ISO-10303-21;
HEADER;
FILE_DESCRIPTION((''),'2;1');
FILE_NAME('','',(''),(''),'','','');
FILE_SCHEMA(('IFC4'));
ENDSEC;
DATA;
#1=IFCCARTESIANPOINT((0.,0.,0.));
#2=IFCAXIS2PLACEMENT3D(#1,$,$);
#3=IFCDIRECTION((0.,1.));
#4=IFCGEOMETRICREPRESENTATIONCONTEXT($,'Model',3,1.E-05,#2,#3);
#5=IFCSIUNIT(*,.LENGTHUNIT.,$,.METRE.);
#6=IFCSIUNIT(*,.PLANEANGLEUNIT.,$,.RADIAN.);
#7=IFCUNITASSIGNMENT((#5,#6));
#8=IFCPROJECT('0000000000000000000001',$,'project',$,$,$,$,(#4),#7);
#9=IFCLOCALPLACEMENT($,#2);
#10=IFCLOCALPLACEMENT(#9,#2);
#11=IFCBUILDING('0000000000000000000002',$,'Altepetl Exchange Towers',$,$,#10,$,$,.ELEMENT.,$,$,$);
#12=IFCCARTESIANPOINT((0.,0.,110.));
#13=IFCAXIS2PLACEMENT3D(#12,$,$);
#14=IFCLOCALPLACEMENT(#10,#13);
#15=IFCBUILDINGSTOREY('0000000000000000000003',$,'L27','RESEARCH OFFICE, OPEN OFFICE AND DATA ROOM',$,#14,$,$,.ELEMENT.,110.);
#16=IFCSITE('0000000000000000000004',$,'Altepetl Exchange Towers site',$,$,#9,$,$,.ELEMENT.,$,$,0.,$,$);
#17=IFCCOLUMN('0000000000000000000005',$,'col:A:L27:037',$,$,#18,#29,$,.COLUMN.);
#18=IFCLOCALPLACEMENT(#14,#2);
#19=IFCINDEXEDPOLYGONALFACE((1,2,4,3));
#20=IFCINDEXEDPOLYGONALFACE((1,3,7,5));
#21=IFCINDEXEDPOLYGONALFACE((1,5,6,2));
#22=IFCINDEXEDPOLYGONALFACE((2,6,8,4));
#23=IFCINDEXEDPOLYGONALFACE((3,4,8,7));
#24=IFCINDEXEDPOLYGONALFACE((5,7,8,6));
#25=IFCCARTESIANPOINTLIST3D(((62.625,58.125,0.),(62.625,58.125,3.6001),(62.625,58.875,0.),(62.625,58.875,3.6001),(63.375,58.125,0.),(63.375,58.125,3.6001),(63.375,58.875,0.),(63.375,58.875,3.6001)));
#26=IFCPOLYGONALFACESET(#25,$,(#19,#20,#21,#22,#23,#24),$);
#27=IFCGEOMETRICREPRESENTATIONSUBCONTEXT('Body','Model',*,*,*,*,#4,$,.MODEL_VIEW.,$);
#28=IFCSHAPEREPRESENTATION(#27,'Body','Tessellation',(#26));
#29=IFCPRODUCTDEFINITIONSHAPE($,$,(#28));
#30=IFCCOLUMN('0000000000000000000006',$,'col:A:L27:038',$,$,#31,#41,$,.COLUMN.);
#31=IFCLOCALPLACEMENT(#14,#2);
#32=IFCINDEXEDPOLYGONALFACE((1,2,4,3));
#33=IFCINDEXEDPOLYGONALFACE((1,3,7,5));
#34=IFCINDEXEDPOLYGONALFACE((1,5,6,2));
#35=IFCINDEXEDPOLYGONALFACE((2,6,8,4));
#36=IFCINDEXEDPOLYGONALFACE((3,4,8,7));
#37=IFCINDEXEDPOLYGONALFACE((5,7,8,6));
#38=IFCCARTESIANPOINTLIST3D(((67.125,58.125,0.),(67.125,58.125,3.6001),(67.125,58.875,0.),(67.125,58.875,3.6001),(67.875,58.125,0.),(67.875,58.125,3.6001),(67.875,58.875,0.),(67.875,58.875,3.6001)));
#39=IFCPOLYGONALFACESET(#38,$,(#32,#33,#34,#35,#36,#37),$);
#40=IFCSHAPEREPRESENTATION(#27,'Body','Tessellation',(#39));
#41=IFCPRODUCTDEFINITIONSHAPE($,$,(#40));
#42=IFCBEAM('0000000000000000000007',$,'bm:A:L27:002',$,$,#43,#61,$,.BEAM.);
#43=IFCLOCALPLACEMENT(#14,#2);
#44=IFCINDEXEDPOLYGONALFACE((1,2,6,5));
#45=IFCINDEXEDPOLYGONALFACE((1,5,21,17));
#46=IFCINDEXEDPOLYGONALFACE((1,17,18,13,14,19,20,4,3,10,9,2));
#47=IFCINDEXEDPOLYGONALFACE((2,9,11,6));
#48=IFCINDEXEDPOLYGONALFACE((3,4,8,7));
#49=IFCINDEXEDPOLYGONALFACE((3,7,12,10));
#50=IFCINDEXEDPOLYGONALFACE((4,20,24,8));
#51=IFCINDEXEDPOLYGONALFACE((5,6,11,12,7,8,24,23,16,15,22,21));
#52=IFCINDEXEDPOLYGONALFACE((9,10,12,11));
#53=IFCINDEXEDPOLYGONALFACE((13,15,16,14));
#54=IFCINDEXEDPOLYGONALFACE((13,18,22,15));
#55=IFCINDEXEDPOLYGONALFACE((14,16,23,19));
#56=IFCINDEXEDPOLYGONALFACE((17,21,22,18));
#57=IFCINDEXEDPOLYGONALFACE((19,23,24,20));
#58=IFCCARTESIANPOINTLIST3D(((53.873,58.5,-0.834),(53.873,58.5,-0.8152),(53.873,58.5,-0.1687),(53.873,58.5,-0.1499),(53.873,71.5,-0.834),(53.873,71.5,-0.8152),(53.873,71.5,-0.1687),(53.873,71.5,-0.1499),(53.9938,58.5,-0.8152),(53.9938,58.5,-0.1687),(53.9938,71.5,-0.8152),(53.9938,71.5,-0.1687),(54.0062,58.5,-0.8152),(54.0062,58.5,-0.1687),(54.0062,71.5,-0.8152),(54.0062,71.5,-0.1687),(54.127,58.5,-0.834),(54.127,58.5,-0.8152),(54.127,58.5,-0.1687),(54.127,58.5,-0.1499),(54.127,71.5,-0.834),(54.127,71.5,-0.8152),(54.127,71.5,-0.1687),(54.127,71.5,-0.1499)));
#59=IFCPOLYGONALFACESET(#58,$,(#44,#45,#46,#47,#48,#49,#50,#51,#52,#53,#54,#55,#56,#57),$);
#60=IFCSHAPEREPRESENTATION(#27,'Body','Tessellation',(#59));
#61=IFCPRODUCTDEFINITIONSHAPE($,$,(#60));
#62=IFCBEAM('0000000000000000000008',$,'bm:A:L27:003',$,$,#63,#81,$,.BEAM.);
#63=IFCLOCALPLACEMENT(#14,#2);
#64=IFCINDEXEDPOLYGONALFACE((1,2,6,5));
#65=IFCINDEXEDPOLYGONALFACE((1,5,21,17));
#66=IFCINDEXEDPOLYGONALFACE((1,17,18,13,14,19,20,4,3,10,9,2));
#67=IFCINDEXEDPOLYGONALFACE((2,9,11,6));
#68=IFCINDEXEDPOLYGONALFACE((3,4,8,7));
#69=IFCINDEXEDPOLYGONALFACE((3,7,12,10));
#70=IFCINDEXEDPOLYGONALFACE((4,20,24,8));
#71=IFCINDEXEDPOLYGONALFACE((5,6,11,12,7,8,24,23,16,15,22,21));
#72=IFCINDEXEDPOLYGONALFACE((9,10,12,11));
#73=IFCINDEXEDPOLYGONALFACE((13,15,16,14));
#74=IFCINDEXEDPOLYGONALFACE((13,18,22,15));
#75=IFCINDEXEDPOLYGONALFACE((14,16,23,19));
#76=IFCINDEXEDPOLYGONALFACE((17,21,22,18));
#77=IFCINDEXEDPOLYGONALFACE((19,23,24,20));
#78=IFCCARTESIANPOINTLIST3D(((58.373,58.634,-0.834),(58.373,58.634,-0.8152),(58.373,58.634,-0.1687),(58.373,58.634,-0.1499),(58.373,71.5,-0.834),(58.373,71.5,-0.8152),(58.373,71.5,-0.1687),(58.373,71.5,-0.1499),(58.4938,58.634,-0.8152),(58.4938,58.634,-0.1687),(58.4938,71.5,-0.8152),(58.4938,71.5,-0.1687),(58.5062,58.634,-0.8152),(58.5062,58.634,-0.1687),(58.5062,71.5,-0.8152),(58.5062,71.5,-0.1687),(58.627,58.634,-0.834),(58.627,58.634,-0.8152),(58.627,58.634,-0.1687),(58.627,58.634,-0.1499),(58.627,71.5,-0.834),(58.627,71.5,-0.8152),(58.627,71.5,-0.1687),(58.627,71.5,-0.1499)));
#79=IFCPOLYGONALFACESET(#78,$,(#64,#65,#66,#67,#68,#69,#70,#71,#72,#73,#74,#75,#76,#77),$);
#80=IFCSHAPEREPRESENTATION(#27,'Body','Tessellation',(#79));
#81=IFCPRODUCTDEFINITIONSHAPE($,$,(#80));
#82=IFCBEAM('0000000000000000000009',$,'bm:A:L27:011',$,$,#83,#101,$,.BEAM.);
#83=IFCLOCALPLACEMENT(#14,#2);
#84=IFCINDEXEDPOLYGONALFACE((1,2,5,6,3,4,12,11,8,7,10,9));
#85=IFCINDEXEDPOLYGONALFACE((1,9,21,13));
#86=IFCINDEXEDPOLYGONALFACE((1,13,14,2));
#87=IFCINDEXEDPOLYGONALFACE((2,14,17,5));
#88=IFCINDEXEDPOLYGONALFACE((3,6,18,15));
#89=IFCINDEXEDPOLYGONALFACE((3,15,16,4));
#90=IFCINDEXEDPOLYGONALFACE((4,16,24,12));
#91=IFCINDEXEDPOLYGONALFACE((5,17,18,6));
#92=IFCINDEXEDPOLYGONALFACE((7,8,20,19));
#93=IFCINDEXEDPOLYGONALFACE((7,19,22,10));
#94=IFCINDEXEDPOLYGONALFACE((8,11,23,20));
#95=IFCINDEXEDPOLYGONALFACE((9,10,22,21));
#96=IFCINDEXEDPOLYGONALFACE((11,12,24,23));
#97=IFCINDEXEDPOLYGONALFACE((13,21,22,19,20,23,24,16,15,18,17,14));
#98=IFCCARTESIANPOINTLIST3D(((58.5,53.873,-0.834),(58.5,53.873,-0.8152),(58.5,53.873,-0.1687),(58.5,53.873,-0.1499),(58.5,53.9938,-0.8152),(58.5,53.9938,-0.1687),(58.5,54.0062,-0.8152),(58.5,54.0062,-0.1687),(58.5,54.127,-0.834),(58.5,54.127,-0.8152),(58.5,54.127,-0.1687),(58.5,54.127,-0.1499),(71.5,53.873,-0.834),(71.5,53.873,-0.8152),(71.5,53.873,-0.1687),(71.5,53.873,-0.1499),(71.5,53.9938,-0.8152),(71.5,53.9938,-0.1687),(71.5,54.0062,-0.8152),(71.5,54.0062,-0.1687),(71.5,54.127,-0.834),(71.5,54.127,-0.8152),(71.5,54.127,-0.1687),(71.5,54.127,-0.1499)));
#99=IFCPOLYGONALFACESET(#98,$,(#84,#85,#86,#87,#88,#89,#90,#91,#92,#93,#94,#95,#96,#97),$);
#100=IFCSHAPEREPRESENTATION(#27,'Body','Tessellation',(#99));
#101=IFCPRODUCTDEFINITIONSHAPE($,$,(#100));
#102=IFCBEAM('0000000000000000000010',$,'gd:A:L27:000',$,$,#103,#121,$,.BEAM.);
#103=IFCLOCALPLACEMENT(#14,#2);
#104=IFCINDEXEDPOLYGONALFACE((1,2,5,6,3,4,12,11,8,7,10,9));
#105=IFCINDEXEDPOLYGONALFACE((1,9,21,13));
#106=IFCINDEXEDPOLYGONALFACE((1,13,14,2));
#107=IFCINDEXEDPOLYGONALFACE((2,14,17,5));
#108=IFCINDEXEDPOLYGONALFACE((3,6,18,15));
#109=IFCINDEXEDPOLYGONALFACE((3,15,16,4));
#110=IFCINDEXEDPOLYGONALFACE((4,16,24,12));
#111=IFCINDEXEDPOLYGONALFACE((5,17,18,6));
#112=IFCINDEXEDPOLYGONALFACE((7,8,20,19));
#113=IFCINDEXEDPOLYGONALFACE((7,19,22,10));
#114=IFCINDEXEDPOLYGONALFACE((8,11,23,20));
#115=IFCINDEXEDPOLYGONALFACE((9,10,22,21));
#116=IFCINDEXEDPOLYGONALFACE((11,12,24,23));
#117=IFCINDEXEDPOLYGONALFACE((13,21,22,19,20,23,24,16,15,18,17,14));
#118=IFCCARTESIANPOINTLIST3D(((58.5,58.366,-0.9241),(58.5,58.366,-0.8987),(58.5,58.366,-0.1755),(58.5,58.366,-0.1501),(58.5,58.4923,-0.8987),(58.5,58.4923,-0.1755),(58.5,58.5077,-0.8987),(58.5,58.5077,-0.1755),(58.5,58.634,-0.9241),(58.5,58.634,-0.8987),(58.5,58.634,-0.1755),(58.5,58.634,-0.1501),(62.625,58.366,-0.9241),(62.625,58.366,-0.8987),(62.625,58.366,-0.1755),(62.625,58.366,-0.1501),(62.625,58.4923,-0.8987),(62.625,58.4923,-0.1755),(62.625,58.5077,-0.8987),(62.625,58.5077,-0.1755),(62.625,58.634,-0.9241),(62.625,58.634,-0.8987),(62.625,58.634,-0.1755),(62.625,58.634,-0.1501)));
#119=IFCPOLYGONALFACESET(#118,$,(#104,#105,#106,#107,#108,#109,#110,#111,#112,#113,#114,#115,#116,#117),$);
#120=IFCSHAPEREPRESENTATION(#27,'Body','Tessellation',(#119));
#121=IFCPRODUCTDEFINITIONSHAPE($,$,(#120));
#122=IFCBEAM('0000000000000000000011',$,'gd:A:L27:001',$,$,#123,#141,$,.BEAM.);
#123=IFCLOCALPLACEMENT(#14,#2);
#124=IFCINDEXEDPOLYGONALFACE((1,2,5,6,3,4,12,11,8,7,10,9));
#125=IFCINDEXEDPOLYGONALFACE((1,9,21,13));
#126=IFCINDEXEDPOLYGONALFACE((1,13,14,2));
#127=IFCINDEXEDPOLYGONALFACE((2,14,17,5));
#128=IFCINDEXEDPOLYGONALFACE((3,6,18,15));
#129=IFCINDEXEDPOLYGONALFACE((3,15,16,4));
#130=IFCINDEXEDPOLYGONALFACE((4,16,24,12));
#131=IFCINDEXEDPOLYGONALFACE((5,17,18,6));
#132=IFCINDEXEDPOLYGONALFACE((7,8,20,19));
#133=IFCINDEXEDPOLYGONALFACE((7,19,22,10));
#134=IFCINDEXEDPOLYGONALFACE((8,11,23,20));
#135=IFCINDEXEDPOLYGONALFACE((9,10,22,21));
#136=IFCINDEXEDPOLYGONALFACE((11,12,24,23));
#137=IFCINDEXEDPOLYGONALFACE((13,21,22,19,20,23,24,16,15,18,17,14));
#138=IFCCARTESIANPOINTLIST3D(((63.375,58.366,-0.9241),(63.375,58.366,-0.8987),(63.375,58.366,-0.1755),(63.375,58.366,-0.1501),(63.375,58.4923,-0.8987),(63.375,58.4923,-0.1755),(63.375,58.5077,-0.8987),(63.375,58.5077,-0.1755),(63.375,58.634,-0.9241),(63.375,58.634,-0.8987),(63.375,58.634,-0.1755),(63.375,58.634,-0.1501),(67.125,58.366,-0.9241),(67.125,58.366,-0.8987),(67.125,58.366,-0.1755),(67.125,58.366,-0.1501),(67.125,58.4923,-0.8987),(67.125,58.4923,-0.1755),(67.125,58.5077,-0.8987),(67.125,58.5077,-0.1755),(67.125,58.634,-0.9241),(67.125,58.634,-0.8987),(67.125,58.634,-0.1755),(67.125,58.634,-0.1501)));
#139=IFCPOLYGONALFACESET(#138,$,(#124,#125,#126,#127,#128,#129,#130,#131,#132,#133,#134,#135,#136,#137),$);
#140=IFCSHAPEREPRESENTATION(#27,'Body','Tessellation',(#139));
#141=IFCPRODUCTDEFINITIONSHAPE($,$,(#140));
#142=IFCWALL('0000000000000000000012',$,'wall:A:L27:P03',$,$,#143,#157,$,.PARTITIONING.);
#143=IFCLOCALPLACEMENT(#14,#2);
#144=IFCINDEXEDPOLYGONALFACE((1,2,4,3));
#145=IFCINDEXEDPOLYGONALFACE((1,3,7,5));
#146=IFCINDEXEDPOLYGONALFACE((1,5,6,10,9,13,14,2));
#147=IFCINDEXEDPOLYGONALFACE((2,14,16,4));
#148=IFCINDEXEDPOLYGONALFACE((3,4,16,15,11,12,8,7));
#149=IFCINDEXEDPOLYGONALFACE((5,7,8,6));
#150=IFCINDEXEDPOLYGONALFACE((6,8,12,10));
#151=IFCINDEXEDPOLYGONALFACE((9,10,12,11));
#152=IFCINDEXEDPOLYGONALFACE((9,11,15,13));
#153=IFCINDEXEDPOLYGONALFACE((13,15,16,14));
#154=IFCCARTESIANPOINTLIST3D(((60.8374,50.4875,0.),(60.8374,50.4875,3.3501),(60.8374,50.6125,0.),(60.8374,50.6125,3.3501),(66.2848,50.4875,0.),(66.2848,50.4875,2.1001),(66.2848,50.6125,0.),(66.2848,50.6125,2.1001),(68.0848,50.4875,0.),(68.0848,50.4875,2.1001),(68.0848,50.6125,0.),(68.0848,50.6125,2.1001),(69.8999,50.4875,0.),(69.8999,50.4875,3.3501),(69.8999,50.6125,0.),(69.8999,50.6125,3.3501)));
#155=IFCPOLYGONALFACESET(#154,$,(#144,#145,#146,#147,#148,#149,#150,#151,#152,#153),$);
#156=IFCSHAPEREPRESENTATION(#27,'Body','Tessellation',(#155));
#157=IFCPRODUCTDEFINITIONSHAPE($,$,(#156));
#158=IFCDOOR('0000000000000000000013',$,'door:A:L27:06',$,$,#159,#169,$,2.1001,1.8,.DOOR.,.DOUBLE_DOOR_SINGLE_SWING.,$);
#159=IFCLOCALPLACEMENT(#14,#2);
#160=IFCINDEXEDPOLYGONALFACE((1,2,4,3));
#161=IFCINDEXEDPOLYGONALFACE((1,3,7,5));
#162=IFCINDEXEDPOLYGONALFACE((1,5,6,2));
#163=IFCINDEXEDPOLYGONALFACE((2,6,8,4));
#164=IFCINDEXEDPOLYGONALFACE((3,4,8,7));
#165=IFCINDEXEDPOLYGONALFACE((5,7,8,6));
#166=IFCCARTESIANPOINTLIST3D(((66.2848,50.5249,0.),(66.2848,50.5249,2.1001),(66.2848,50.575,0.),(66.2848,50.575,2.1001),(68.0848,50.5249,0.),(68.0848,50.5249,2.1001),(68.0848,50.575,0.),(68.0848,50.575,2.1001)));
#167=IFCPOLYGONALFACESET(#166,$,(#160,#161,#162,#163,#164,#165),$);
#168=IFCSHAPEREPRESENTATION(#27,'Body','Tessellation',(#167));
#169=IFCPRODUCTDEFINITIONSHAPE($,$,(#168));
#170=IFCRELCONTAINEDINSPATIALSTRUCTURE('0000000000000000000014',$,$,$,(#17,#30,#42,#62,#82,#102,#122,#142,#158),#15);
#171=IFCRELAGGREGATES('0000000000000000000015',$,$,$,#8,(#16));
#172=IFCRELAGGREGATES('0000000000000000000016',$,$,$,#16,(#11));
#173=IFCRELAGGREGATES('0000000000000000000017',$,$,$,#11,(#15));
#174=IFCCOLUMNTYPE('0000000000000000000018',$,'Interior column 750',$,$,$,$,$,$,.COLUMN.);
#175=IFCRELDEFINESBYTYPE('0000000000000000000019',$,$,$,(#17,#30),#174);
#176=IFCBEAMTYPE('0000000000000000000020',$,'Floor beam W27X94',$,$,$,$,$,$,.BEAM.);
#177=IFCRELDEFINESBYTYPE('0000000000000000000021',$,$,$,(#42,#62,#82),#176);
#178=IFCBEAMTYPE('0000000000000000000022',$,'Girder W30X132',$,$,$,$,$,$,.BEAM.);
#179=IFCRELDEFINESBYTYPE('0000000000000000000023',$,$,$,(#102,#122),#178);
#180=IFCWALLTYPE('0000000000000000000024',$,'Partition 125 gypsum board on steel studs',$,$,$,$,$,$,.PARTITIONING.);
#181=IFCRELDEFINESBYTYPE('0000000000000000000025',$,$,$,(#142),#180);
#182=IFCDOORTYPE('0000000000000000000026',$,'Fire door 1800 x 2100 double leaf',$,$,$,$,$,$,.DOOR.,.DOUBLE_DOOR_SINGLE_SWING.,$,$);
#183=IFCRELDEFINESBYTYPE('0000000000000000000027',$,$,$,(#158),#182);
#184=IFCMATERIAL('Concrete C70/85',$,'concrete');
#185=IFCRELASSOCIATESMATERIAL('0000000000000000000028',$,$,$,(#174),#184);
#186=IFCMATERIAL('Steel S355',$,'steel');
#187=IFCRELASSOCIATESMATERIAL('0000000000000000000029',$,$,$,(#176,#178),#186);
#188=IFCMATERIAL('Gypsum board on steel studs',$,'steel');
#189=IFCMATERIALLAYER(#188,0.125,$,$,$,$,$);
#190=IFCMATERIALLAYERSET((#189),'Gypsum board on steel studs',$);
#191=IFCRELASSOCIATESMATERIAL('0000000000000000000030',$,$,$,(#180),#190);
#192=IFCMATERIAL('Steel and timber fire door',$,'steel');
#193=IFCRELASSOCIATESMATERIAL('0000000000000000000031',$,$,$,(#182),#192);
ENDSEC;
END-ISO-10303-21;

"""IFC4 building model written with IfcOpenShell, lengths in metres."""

from ifc_helpers import new_model, si_unit, direction, frame, frame_2d, origin, origin_2d, place, context, subcontext, project, spatial, rectangle, i_section, extrude, material, layer, layer_set, material_profile, profile_set, type_object, element, fill, save


model = new_model("IFC4")

# Units and contexts
model_context = context("Model", 3, precision=1e-05, world=origin(), true_north=direction((0.0, 1.0)))
body_context = subcontext(model_context, "Body", "Model", "MODEL_VIEW")
ifc_project = project(units=[si_unit("LENGTHUNIT", "METRE"), si_unit("PLANEANGLEUNIT", "RADIAN")], contexts=[model_context])

# Site, building, storey
site_placement = place(None, origin())
site = spatial("IfcSite", under=ifc_project, at=site_placement, Name="Altepetl Exchange Towers site", CompositionType="ELEMENT", RefElevation=0.0)
building_placement = place(site_placement, origin())
building = spatial("IfcBuilding", under=site, at=building_placement, Name="Altepetl Exchange Towers", CompositionType="ELEMENT")
storey_placement = place(building_placement, frame((0.0, 0.0, 110.0)))
storey = spatial("IfcBuildingStorey", under=building, at=storey_placement, Name="L27", Description="RESEARCH OFFICE, OPEN OFFICE AND DATA ROOM", CompositionType="ELEMENT", Elevation=110.0)

# Columns
ifc_material_1 = material(Name="Concrete C70/85", Category="concrete")
ifc_material_profile_1 = material_profile(ifc_material_1, rectangle(XDim=0.75, YDim=0.75, at=origin_2d()), Name="750 x 750")
ifc_profile_set_1 = profile_set([ifc_material_profile_1], Name="Concrete C70/85")
column_type = type_object("IfcColumnType", Name="Interior column 750", PredefinedType="COLUMN", material=ifc_profile_set_1)
for number, where, name in (
    (1, (63.0, 58.5, 0.0), "col:A:L27:037"),
    (2, (67.5, 58.5, 0.0), "col:A:L27:038"),
):
    element("IfcColumn", number, at=place(storey_placement, frame(where)), inside=storey, type_object=column_type, Name=name, PredefinedType="COLUMN", context=body_context, shape_type="SweptSolid", body=[
        extrude(rectangle(XDim=0.75, YDim=0.75, at=origin_2d()), origin(), (0.0, 0.0, 1.0), 3.6001),
    ])

# Beams
ifc_material_2 = material(Name="Steel S355", Category="steel")
ifc_material_profile_2 = material_profile(ifc_material_2, i_section(OverallWidth=0.2539, OverallDepth=0.6841, WebThickness=0.0125, FlangeThickness=0.0188, at=origin_2d()), Name="W27X94")
ifc_profile_set_2 = profile_set([ifc_material_profile_2], Name="Steel S355")
beam_type_1 = type_object("IfcBeamType", Name="Floor beam W27X94", PredefinedType="BEAM", material=ifc_profile_set_2)
beam_1_placement = place(storey_placement, frame((54.0, 58.5, -0.4919), z_axis=(0.0, 1.0, 0.0), x_axis=(-1.0, 0.0, 0.0)))
element("IfcBeam", 3, at=beam_1_placement, inside=storey, type_object=beam_type_1, Name="bm:A:L27:002", PredefinedType="BEAM", context=body_context, shape_type="SweptSolid", body=[
    extrude(i_section(OverallWidth=0.2539, OverallDepth=0.6841, WebThickness=0.0125, FlangeThickness=0.0188, at=origin_2d()), origin(), (0.0, 0.0, 1.0), 13.0),
])
beam_2_placement = place(storey_placement, frame((58.5, 58.634, -0.4919), z_axis=(0.0, 1.0, 0.0), x_axis=(-1.0, 0.0, 0.0)))
element("IfcBeam", 4, at=beam_2_placement, inside=storey, type_object=beam_type_1, Name="bm:A:L27:003", PredefinedType="BEAM", context=body_context, shape_type="SweptSolid", body=[
    extrude(i_section(OverallWidth=0.2539, OverallDepth=0.6841, WebThickness=0.0125, FlangeThickness=0.0188, at=origin_2d()), origin(), (0.0, 0.0, 1.0), 12.866),
])
beam_3_placement = place(storey_placement, frame((58.5, 54.0, -0.4919), z_axis=(1.0, 0.0, 0.0), x_axis=(0.0, 1.0, 0.0)))
element("IfcBeam", 5, at=beam_3_placement, inside=storey, type_object=beam_type_1, Name="bm:A:L27:011", PredefinedType="BEAM", context=body_context, shape_type="SweptSolid", body=[
    extrude(i_section(OverallWidth=0.2539, OverallDepth=0.6841, WebThickness=0.0125, FlangeThickness=0.0188, at=origin_2d()), origin(), (0.0, 0.0, 1.0), 13.0),
])
ifc_material_profile_3 = material_profile(ifc_material_2, i_section(OverallWidth=0.2681, OverallDepth=0.7739, WebThickness=0.0154, FlangeThickness=0.0254, at=origin_2d()), Name="W30X132")
ifc_profile_set_3 = profile_set([ifc_material_profile_3], Name="Steel S355")
beam_type_2 = type_object("IfcBeamType", Name="Girder W30X132", PredefinedType="BEAM", material=ifc_profile_set_3)
beam_4_placement = place(storey_placement, frame((58.5, 58.5, -0.5371), z_axis=(1.0, 0.0, 0.0), x_axis=(0.0, 1.0, 0.0)))
element("IfcBeam", 6, at=beam_4_placement, inside=storey, type_object=beam_type_2, Name="gd:A:L27:000", PredefinedType="BEAM", context=body_context, shape_type="SweptSolid", body=[
    extrude(i_section(OverallWidth=0.2681, OverallDepth=0.7739, WebThickness=0.0154, FlangeThickness=0.0254, at=origin_2d()), origin(), (0.0, 0.0, 1.0), 4.125),
])
beam_5_placement = place(storey_placement, frame((63.375, 58.5, -0.5371), z_axis=(1.0, 0.0, 0.0), x_axis=(0.0, 1.0, 0.0)))
element("IfcBeam", 7, at=beam_5_placement, inside=storey, type_object=beam_type_2, Name="gd:A:L27:001", PredefinedType="BEAM", context=body_context, shape_type="SweptSolid", body=[
    extrude(i_section(OverallWidth=0.2681, OverallDepth=0.7739, WebThickness=0.0154, FlangeThickness=0.0254, at=origin_2d()), origin(), (0.0, 0.0, 1.0), 3.75),
])

# Wall, opening, door
ifc_material_3 = material(Name="Gypsum board on steel studs", Category="steel")
ifc_layer_1 = layer(ifc_material_3, 0.125)
ifc_layer_set_1 = layer_set([ifc_layer_1], Name="Gypsum board on steel studs")
wall_type_1 = type_object("IfcWallType", Name="Partition 125 gypsum board on steel studs", PredefinedType="PARTITIONING", material=ifc_layer_set_1)
wall_1_placement = place(storey_placement, frame((60.8374, 50.55, 0.0)))
wall_1 = element("IfcWall", 8, at=wall_1_placement, inside=storey, type_object=wall_type_1, Name="wall:A:L27:P03", PredefinedType="PARTITIONING", context=body_context, shape_type="SweptSolid", body=[
    extrude(rectangle(XDim=9.0625, YDim=0.125, at=frame_2d((4.5312, 0.0))), origin(), (0.0, 0.0, 1.0), 3.3501),
])
opening_1_placement = place(wall_1_placement, frame((5.4475, 0.0, 0.0)))
opening_1 = element("IfcOpeningElement", 9, at=opening_1_placement, cuts=wall_1, PredefinedType="OPENING", context=body_context, shape_type="SweptSolid", body=[
    extrude(rectangle(XDim=1.8, YDim=2.1001, at=frame_2d((0.8999, 1.05))), frame((0.0, 0.0725, 0.0), z_axis=(0.0, -1.0, 0.0), x_axis=(1.0, 0.0, 0.0)), (0.0, 0.0, 1.0), 0.145),
])
ifc_material_4 = material(Name="Steel and timber fire door", Category="steel")
door_type_1 = type_object("IfcDoorType", Name="Fire door 1800 x 2100 double leaf", OperationType="DOUBLE_DOOR_SINGLE_SWING", PredefinedType="DOOR", material=ifc_material_4)
door_1_placement = place(opening_1_placement, origin())
door_1 = element("IfcDoor", 10, at=door_1_placement, inside=storey, type_object=door_type_1, Name="door:A:L27:06", OperationType="DOUBLE_DOOR_SINGLE_SWING", OverallHeight=2.1001, OverallWidth=1.8, PredefinedType="DOOR", context=body_context, shape_type="SweptSolid", body=[
    extrude(rectangle(XDim=1.8, YDim=2.1001, at=frame_2d((0.8999, 1.05))), frame((0.0, 0.0249, 0.0), z_axis=(0.0, -1.0, 0.0), x_axis=(1.0, 0.0, 0.0)), (0.0, 0.0, 1.0), 0.05),
])
fill(opening_1, door_1)

save(model, "model.ifc")
